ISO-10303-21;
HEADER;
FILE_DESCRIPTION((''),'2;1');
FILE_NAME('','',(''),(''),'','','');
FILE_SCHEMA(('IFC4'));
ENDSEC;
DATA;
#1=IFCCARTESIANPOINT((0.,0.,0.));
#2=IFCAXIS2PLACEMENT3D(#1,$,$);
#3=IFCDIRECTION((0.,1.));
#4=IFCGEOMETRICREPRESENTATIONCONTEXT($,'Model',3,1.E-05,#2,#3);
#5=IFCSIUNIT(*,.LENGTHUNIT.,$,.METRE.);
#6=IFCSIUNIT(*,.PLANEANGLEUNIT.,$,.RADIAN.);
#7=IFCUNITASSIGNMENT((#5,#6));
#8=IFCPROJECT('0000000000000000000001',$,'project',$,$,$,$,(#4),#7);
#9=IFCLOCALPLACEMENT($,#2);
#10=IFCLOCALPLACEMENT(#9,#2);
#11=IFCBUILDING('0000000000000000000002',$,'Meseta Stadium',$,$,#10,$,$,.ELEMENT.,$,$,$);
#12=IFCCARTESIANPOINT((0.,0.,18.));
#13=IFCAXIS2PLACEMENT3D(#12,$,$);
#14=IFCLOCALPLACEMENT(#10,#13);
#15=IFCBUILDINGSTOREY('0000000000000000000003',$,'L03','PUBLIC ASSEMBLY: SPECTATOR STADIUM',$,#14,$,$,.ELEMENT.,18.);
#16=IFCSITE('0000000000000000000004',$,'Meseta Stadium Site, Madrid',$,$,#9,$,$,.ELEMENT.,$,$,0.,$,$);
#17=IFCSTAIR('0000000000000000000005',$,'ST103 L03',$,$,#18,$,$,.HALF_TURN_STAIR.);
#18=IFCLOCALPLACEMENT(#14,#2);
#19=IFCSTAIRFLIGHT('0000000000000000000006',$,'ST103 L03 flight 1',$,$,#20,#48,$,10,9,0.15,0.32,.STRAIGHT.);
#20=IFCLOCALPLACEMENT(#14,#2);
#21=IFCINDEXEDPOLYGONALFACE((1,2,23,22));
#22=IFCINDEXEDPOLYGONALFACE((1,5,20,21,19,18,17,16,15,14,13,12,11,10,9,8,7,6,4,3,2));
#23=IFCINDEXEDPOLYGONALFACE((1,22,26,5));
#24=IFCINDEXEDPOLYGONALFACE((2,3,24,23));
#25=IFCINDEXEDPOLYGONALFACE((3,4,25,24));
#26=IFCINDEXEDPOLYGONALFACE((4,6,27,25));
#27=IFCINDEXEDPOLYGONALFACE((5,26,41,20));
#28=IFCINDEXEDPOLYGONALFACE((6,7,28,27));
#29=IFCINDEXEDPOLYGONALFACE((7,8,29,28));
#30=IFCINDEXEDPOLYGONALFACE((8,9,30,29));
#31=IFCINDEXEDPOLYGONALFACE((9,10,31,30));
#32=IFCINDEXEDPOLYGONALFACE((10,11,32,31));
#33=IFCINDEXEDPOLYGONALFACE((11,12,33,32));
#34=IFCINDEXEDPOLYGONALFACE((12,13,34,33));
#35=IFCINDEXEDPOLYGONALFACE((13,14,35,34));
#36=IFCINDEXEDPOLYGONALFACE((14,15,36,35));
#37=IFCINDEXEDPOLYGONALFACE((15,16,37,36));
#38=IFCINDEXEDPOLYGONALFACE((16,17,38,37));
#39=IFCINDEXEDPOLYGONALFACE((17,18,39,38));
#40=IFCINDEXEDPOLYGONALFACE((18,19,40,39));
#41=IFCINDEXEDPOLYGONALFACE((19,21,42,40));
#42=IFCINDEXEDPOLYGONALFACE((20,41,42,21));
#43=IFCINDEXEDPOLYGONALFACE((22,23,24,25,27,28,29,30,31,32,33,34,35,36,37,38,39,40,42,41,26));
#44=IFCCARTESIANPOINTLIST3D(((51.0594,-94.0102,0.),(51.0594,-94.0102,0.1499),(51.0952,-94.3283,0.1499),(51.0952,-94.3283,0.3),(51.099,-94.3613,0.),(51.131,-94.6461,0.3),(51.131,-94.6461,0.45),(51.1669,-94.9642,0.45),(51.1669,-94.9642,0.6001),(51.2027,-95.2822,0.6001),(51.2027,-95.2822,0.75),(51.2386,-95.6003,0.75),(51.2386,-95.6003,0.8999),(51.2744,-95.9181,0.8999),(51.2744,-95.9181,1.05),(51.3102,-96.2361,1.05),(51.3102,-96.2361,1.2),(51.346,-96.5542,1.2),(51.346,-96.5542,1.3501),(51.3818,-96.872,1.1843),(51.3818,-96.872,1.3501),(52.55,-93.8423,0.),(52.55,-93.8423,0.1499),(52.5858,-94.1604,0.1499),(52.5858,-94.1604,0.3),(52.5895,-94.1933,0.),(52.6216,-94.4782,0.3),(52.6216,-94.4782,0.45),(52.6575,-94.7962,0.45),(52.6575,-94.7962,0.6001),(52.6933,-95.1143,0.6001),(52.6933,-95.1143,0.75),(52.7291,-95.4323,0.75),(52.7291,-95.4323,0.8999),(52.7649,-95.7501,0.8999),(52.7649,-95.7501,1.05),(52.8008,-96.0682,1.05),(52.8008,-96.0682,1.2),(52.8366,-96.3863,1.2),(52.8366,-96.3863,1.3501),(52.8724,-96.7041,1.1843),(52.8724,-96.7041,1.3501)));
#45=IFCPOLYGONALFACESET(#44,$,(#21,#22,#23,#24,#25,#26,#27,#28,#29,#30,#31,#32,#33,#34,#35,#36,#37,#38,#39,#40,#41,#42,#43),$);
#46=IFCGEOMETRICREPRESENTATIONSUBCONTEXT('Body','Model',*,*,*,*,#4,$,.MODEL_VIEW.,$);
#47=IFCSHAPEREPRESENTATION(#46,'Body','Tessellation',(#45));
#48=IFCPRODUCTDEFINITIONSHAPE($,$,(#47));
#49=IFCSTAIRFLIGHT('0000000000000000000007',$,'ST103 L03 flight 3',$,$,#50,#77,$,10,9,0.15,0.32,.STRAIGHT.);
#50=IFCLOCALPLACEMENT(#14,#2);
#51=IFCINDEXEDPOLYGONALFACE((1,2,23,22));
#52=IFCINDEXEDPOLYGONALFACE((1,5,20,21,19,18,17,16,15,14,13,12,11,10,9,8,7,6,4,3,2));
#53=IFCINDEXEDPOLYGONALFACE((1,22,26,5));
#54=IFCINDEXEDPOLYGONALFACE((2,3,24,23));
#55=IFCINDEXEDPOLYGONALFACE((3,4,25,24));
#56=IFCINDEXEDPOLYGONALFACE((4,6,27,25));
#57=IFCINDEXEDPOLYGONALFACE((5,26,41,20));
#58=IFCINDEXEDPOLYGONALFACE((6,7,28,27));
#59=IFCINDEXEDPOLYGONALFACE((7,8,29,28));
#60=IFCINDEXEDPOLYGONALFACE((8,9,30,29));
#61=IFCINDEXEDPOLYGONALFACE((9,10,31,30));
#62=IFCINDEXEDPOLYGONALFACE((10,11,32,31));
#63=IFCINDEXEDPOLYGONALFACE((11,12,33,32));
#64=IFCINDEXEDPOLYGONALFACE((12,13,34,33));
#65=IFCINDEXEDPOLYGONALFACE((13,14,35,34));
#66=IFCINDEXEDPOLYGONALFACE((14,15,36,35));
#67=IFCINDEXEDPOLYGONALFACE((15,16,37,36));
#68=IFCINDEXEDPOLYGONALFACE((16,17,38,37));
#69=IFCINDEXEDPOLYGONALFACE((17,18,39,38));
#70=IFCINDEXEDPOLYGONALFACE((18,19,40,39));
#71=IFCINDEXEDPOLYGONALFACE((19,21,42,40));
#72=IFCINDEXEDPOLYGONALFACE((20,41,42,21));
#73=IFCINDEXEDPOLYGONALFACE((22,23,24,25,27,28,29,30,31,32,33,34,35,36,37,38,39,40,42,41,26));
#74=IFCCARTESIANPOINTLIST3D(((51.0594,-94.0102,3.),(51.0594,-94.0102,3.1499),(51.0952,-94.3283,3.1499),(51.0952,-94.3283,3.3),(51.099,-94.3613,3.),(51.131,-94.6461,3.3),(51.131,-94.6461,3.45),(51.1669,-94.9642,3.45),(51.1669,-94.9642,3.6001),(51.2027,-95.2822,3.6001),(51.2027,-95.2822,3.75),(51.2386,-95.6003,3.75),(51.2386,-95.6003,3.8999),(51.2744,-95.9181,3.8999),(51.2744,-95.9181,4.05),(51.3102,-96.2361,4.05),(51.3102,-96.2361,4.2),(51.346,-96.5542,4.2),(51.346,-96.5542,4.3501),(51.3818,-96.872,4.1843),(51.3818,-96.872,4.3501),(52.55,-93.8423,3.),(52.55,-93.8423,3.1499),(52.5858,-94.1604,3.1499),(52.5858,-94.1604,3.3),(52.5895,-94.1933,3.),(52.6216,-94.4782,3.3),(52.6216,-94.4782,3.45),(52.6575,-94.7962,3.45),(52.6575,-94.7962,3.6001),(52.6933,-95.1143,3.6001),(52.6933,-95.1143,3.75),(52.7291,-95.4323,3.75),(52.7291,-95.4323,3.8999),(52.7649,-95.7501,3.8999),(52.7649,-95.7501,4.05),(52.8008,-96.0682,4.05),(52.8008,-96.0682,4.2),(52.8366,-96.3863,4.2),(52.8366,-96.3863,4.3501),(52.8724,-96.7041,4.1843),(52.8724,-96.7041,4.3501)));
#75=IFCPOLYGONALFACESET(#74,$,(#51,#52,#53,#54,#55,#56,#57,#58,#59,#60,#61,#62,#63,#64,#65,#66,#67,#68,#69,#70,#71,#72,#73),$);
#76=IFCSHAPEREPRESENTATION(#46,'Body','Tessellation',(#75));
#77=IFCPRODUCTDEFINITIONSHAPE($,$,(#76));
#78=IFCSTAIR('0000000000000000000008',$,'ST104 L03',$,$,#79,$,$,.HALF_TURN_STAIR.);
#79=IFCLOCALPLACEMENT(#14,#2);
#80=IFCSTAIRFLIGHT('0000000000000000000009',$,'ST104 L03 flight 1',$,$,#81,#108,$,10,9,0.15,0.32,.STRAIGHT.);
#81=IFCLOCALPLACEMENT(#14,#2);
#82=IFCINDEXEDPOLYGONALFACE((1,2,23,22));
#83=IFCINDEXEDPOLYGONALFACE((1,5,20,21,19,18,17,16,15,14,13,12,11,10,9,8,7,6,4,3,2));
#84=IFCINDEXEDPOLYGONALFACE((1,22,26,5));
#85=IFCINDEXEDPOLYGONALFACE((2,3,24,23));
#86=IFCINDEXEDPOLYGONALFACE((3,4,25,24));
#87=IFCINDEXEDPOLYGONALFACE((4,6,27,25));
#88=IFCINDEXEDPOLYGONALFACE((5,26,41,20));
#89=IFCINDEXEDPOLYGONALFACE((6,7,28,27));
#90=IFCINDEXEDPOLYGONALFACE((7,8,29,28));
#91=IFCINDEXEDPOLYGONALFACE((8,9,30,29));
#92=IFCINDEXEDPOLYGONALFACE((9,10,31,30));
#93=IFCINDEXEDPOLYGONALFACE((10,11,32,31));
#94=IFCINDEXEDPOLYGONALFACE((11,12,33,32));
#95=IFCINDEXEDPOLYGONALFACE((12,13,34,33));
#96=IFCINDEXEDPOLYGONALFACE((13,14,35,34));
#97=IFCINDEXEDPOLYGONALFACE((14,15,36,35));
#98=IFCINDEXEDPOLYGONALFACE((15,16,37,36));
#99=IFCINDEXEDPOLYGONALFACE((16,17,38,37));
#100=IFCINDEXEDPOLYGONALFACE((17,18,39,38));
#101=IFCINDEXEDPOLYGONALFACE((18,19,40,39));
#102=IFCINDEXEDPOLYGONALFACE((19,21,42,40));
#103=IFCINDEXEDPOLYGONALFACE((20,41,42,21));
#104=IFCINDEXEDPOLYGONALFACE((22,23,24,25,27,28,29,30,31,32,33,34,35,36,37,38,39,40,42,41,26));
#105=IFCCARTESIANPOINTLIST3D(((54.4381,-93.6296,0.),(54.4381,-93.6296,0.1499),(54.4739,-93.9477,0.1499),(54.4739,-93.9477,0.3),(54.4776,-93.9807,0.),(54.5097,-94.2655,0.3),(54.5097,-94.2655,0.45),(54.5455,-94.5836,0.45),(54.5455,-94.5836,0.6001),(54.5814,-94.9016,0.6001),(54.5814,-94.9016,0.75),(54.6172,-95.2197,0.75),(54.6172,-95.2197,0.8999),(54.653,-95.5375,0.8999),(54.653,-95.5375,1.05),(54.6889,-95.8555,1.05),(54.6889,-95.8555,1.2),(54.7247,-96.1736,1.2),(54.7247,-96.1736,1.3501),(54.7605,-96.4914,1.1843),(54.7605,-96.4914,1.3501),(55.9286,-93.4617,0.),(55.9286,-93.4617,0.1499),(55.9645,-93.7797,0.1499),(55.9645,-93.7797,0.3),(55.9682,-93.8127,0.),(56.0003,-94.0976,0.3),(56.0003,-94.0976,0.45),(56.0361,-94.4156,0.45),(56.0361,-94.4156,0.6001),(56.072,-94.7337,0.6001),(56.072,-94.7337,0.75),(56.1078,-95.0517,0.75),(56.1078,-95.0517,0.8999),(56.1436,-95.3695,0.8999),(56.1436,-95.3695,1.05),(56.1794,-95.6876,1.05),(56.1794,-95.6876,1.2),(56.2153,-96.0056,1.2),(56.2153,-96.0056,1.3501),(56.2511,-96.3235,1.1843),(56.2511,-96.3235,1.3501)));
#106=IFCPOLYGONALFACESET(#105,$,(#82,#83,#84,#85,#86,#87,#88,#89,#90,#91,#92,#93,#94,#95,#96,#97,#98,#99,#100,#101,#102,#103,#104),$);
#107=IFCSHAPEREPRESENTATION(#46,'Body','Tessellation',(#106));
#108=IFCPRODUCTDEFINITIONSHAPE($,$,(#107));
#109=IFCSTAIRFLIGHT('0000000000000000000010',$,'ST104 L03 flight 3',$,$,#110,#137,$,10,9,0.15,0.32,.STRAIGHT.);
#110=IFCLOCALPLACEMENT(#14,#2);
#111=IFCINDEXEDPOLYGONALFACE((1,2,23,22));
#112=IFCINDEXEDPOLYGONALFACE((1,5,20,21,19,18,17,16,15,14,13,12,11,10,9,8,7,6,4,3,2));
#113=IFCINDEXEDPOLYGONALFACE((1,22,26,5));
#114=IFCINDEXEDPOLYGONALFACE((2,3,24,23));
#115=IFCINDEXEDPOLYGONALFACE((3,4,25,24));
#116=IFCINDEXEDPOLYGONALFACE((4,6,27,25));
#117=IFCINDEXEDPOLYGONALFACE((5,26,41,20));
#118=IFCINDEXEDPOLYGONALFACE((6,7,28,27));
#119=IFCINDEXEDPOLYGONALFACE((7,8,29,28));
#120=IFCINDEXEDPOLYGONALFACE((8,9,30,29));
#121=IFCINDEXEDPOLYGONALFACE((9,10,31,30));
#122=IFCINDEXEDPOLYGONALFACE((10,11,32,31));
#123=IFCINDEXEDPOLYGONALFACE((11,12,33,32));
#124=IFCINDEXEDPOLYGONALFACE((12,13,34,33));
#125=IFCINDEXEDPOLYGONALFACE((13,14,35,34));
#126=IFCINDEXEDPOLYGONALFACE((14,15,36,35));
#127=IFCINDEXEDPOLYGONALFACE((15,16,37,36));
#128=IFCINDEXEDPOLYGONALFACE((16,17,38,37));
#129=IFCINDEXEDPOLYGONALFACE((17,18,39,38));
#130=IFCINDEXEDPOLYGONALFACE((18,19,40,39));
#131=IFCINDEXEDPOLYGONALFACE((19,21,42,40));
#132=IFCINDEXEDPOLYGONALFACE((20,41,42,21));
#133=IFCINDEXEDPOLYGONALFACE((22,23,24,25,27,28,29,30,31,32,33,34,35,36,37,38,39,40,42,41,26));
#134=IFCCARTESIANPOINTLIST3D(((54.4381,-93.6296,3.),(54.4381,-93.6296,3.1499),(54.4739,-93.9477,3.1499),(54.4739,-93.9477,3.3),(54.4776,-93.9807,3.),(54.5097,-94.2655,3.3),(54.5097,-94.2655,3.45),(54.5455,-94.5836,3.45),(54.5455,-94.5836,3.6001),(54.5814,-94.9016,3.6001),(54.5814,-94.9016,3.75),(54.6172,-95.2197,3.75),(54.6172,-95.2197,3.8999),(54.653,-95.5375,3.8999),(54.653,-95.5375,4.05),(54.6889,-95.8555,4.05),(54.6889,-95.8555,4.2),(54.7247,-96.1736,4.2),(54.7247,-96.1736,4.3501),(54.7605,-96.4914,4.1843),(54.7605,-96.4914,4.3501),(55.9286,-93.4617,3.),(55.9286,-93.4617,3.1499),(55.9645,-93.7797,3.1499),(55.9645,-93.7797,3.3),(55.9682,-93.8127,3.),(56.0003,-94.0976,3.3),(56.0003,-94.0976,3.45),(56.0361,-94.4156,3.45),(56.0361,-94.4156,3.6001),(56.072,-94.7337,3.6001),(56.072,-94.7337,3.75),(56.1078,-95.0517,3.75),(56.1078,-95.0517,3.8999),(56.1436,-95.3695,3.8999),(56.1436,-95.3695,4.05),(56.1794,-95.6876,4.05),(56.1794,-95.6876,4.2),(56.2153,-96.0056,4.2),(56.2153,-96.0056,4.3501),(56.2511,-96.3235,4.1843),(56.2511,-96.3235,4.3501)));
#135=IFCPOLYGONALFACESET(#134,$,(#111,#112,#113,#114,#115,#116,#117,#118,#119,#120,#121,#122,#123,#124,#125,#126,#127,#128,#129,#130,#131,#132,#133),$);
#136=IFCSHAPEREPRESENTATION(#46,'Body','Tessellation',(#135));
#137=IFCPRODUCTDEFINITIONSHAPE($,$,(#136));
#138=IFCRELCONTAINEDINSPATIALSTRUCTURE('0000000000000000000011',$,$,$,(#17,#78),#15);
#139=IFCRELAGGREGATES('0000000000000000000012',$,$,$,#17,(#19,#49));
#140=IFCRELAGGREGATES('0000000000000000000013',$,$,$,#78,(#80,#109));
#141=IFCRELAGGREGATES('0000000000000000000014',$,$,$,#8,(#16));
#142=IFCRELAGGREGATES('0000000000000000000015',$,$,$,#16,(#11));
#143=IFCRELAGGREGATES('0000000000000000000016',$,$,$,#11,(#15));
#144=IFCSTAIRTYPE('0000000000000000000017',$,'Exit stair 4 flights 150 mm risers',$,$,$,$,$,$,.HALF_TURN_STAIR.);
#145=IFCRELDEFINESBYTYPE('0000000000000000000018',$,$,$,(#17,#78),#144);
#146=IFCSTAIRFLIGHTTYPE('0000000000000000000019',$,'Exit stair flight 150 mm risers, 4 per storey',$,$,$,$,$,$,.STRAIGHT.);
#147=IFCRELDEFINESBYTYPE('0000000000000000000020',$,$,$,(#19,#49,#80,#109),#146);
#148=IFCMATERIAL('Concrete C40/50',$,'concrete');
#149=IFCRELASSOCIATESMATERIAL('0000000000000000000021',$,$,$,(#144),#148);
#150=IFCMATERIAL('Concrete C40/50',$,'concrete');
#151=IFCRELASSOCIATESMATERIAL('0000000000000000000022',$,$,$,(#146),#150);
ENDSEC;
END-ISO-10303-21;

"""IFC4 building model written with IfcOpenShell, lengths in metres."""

from ifc_helpers import new_model, si_unit, direction, frame, origin, place, context, subcontext, project, spatial, polyline, outline, extrude, material, type_object, element, aggregate, save


model = new_model("IFC4")

# Units and contexts
model_context = context("Model", 3, precision=1e-05, world=origin(), true_north=direction((0.0, 1.0)))
body_context = subcontext(model_context, "Body", "Model", "MODEL_VIEW")
ifc_project = project(units=[si_unit("LENGTHUNIT", "METRE"), si_unit("PLANEANGLEUNIT", "RADIAN")], contexts=[model_context])

# Site, building, storey
site_placement = place(None, origin())
site = spatial("IfcSite", under=ifc_project, at=site_placement, Name="Meseta Stadium Site, Madrid", CompositionType="ELEMENT", RefElevation=0.0)
building_placement = place(site_placement, origin())
building = spatial("IfcBuilding", under=site, at=building_placement, Name="Meseta Stadium", CompositionType="ELEMENT")
storey_placement = place(building_placement, frame((0.0, 0.0, 18.0)))
storey = spatial("IfcBuildingStorey", under=building, at=storey_placement, Name="L03", Description="PUBLIC ASSEMBLY: SPECTATOR STADIUM", CompositionType="ELEMENT", Elevation=18.0)

# Stairs, stair flights
ifc_material_1 = material(Name="Concrete C40/50", Category="concrete")
stair_type = type_object("IfcStairType", Name="Exit stair 4 flights 150 mm risers", PredefinedType="HALF_TURN_STAIR", material=ifc_material_1)
stair_1_placement = place(storey_placement, origin())
stair_1 = element("IfcStair", 1, at=stair_1_placement, inside=storey, type_object=stair_type, Name="ST103 L03", PredefinedType="HALF_TURN_STAIR")
ifc_material_2 = material(Name="Concrete C40/50", Category="concrete")
stair_flight_type = type_object("IfcStairFlightType", Name="Exit stair flight 150 mm risers, 4 per storey", PredefinedType="STRAIGHT", material=ifc_material_2)
stair_flight_1_placement = place(storey_placement, frame((51.8047, -93.9263, 0.0), z_axis=(0.0, 0.0, 1.0), x_axis=(0.111964, -0.993712, 0.0)))
stair_flight_1 = element("IfcStairFlight", 2, at=stair_flight_1_placement, type_object=stair_flight_type, Name="ST103 L03 flight 1", NumberOfRisers=10, NumberOfTreads=9, PredefinedType="STRAIGHT", RiserHeight=0.15, TreadLength=0.32, context=body_context, shape_type="SweptSolid", body=[
    extrude(outline(polyline([(0.0, 0.0), (0.0, 0.1499), (0.3201, 0.1499), (0.3201, 0.3), (0.6399, 0.3), (0.6399, 0.45), (0.96, 0.45), (0.96, 0.6001), (1.28, 0.6001), (1.28, 0.75), (1.6001, 0.75), (1.6001, 0.8999), (1.9199, 0.8999), (1.9199, 1.05), (2.24, 1.05), (2.24, 1.2), (2.5601, 1.2), (2.5601, 1.3501), (2.8799, 1.3501), (2.8799, 1.1843), (0.3533, 0.0), (0.0, 0.0)])), frame((0.0, 0.75, 0.0), z_axis=(0.0, -1.0, 0.0), x_axis=(1.0, 0.0, 0.0)), (0.0, 0.0, 1.0), 1.5),
])
stair_flight_2_placement = place(storey_placement, frame((51.8047, -93.9263, 3.0), z_axis=(0.0, 0.0, 1.0), x_axis=(0.111964, -0.993712, 0.0)))
stair_flight_2 = element("IfcStairFlight", 3, at=stair_flight_2_placement, type_object=stair_flight_type, Name="ST103 L03 flight 3", NumberOfRisers=10, NumberOfTreads=9, PredefinedType="STRAIGHT", RiserHeight=0.15, TreadLength=0.32, context=body_context, shape_type="SweptSolid", body=[
    extrude(outline(polyline([(0.0, 0.0), (0.0, 0.1499), (0.3201, 0.1499), (0.3201, 0.3), (0.6399, 0.3), (0.6399, 0.45), (0.96, 0.45), (0.96, 0.6001), (1.28, 0.6001), (1.28, 0.75), (1.6001, 0.75), (1.6001, 0.8999), (1.9199, 0.8999), (1.9199, 1.05), (2.24, 1.05), (2.24, 1.2), (2.5601, 1.2), (2.5601, 1.3501), (2.8799, 1.3501), (2.8799, 1.1843), (0.3533, 0.0), (0.0, 0.0)])), frame((0.0, 0.75, 0.0), z_axis=(0.0, -1.0, 0.0), x_axis=(1.0, 0.0, 0.0)), (0.0, 0.0, 1.0), 1.5),
])
aggregate(stair_1, [stair_flight_1, stair_flight_2])
stair_2_placement = place(storey_placement, origin())
stair_2 = element("IfcStair", 4, at=stair_2_placement, inside=storey, type_object=stair_type, Name="ST104 L03", PredefinedType="HALF_TURN_STAIR")
stair_flight_3_placement = place(storey_placement, frame((55.1833, -93.5457, 0.0), z_axis=(0.0, 0.0, 1.0), x_axis=(0.111964, -0.993712, 0.0)))
stair_flight_3 = element("IfcStairFlight", 5, at=stair_flight_3_placement, type_object=stair_flight_type, Name="ST104 L03 flight 1", NumberOfRisers=10, NumberOfTreads=9, PredefinedType="STRAIGHT", RiserHeight=0.15, TreadLength=0.32, context=body_context, shape_type="SweptSolid", body=[
    extrude(outline(polyline([(0.0, 0.0), (0.0, 0.1499), (0.3201, 0.1499), (0.3201, 0.3), (0.6399, 0.3), (0.6399, 0.45), (0.96, 0.45), (0.96, 0.6001), (1.28, 0.6001), (1.28, 0.75), (1.6001, 0.75), (1.6001, 0.8999), (1.9199, 0.8999), (1.9199, 1.05), (2.24, 1.05), (2.24, 1.2), (2.5601, 1.2), (2.5601, 1.3501), (2.8799, 1.3501), (2.8799, 1.1843), (0.3533, 0.0), (0.0, 0.0)])), frame((0.0, 0.75, 0.0), z_axis=(0.0, -1.0, 0.0), x_axis=(1.0, 0.0, 0.0)), (0.0, 0.0, 1.0), 1.5),
])
stair_flight_4_placement = place(storey_placement, frame((55.1833, -93.5457, 3.0), z_axis=(0.0, 0.0, 1.0), x_axis=(0.111964, -0.993712, 0.0)))
stair_flight_4 = element("IfcStairFlight", 6, at=stair_flight_4_placement, type_object=stair_flight_type, Name="ST104 L03 flight 3", NumberOfRisers=10, NumberOfTreads=9, PredefinedType="STRAIGHT", RiserHeight=0.15, TreadLength=0.32, context=body_context, shape_type="SweptSolid", body=[
    extrude(outline(polyline([(0.0, 0.0), (0.0, 0.1499), (0.3201, 0.1499), (0.3201, 0.3), (0.6399, 0.3), (0.6399, 0.45), (0.96, 0.45), (0.96, 0.6001), (1.28, 0.6001), (1.28, 0.75), (1.6001, 0.75), (1.6001, 0.8999), (1.9199, 0.8999), (1.9199, 1.05), (2.24, 1.05), (2.24, 1.2), (2.5601, 1.2), (2.5601, 1.3501), (2.8799, 1.3501), (2.8799, 1.1843), (0.3533, 0.0), (0.0, 0.0)])), frame((0.0, 0.75, 0.0), z_axis=(0.0, -1.0, 0.0), x_axis=(1.0, 0.0, 0.0)), (0.0, 0.0, 1.0), 1.5),
])
aggregate(stair_2, [stair_flight_3, stair_flight_4])

save(model, "model.ifc")
